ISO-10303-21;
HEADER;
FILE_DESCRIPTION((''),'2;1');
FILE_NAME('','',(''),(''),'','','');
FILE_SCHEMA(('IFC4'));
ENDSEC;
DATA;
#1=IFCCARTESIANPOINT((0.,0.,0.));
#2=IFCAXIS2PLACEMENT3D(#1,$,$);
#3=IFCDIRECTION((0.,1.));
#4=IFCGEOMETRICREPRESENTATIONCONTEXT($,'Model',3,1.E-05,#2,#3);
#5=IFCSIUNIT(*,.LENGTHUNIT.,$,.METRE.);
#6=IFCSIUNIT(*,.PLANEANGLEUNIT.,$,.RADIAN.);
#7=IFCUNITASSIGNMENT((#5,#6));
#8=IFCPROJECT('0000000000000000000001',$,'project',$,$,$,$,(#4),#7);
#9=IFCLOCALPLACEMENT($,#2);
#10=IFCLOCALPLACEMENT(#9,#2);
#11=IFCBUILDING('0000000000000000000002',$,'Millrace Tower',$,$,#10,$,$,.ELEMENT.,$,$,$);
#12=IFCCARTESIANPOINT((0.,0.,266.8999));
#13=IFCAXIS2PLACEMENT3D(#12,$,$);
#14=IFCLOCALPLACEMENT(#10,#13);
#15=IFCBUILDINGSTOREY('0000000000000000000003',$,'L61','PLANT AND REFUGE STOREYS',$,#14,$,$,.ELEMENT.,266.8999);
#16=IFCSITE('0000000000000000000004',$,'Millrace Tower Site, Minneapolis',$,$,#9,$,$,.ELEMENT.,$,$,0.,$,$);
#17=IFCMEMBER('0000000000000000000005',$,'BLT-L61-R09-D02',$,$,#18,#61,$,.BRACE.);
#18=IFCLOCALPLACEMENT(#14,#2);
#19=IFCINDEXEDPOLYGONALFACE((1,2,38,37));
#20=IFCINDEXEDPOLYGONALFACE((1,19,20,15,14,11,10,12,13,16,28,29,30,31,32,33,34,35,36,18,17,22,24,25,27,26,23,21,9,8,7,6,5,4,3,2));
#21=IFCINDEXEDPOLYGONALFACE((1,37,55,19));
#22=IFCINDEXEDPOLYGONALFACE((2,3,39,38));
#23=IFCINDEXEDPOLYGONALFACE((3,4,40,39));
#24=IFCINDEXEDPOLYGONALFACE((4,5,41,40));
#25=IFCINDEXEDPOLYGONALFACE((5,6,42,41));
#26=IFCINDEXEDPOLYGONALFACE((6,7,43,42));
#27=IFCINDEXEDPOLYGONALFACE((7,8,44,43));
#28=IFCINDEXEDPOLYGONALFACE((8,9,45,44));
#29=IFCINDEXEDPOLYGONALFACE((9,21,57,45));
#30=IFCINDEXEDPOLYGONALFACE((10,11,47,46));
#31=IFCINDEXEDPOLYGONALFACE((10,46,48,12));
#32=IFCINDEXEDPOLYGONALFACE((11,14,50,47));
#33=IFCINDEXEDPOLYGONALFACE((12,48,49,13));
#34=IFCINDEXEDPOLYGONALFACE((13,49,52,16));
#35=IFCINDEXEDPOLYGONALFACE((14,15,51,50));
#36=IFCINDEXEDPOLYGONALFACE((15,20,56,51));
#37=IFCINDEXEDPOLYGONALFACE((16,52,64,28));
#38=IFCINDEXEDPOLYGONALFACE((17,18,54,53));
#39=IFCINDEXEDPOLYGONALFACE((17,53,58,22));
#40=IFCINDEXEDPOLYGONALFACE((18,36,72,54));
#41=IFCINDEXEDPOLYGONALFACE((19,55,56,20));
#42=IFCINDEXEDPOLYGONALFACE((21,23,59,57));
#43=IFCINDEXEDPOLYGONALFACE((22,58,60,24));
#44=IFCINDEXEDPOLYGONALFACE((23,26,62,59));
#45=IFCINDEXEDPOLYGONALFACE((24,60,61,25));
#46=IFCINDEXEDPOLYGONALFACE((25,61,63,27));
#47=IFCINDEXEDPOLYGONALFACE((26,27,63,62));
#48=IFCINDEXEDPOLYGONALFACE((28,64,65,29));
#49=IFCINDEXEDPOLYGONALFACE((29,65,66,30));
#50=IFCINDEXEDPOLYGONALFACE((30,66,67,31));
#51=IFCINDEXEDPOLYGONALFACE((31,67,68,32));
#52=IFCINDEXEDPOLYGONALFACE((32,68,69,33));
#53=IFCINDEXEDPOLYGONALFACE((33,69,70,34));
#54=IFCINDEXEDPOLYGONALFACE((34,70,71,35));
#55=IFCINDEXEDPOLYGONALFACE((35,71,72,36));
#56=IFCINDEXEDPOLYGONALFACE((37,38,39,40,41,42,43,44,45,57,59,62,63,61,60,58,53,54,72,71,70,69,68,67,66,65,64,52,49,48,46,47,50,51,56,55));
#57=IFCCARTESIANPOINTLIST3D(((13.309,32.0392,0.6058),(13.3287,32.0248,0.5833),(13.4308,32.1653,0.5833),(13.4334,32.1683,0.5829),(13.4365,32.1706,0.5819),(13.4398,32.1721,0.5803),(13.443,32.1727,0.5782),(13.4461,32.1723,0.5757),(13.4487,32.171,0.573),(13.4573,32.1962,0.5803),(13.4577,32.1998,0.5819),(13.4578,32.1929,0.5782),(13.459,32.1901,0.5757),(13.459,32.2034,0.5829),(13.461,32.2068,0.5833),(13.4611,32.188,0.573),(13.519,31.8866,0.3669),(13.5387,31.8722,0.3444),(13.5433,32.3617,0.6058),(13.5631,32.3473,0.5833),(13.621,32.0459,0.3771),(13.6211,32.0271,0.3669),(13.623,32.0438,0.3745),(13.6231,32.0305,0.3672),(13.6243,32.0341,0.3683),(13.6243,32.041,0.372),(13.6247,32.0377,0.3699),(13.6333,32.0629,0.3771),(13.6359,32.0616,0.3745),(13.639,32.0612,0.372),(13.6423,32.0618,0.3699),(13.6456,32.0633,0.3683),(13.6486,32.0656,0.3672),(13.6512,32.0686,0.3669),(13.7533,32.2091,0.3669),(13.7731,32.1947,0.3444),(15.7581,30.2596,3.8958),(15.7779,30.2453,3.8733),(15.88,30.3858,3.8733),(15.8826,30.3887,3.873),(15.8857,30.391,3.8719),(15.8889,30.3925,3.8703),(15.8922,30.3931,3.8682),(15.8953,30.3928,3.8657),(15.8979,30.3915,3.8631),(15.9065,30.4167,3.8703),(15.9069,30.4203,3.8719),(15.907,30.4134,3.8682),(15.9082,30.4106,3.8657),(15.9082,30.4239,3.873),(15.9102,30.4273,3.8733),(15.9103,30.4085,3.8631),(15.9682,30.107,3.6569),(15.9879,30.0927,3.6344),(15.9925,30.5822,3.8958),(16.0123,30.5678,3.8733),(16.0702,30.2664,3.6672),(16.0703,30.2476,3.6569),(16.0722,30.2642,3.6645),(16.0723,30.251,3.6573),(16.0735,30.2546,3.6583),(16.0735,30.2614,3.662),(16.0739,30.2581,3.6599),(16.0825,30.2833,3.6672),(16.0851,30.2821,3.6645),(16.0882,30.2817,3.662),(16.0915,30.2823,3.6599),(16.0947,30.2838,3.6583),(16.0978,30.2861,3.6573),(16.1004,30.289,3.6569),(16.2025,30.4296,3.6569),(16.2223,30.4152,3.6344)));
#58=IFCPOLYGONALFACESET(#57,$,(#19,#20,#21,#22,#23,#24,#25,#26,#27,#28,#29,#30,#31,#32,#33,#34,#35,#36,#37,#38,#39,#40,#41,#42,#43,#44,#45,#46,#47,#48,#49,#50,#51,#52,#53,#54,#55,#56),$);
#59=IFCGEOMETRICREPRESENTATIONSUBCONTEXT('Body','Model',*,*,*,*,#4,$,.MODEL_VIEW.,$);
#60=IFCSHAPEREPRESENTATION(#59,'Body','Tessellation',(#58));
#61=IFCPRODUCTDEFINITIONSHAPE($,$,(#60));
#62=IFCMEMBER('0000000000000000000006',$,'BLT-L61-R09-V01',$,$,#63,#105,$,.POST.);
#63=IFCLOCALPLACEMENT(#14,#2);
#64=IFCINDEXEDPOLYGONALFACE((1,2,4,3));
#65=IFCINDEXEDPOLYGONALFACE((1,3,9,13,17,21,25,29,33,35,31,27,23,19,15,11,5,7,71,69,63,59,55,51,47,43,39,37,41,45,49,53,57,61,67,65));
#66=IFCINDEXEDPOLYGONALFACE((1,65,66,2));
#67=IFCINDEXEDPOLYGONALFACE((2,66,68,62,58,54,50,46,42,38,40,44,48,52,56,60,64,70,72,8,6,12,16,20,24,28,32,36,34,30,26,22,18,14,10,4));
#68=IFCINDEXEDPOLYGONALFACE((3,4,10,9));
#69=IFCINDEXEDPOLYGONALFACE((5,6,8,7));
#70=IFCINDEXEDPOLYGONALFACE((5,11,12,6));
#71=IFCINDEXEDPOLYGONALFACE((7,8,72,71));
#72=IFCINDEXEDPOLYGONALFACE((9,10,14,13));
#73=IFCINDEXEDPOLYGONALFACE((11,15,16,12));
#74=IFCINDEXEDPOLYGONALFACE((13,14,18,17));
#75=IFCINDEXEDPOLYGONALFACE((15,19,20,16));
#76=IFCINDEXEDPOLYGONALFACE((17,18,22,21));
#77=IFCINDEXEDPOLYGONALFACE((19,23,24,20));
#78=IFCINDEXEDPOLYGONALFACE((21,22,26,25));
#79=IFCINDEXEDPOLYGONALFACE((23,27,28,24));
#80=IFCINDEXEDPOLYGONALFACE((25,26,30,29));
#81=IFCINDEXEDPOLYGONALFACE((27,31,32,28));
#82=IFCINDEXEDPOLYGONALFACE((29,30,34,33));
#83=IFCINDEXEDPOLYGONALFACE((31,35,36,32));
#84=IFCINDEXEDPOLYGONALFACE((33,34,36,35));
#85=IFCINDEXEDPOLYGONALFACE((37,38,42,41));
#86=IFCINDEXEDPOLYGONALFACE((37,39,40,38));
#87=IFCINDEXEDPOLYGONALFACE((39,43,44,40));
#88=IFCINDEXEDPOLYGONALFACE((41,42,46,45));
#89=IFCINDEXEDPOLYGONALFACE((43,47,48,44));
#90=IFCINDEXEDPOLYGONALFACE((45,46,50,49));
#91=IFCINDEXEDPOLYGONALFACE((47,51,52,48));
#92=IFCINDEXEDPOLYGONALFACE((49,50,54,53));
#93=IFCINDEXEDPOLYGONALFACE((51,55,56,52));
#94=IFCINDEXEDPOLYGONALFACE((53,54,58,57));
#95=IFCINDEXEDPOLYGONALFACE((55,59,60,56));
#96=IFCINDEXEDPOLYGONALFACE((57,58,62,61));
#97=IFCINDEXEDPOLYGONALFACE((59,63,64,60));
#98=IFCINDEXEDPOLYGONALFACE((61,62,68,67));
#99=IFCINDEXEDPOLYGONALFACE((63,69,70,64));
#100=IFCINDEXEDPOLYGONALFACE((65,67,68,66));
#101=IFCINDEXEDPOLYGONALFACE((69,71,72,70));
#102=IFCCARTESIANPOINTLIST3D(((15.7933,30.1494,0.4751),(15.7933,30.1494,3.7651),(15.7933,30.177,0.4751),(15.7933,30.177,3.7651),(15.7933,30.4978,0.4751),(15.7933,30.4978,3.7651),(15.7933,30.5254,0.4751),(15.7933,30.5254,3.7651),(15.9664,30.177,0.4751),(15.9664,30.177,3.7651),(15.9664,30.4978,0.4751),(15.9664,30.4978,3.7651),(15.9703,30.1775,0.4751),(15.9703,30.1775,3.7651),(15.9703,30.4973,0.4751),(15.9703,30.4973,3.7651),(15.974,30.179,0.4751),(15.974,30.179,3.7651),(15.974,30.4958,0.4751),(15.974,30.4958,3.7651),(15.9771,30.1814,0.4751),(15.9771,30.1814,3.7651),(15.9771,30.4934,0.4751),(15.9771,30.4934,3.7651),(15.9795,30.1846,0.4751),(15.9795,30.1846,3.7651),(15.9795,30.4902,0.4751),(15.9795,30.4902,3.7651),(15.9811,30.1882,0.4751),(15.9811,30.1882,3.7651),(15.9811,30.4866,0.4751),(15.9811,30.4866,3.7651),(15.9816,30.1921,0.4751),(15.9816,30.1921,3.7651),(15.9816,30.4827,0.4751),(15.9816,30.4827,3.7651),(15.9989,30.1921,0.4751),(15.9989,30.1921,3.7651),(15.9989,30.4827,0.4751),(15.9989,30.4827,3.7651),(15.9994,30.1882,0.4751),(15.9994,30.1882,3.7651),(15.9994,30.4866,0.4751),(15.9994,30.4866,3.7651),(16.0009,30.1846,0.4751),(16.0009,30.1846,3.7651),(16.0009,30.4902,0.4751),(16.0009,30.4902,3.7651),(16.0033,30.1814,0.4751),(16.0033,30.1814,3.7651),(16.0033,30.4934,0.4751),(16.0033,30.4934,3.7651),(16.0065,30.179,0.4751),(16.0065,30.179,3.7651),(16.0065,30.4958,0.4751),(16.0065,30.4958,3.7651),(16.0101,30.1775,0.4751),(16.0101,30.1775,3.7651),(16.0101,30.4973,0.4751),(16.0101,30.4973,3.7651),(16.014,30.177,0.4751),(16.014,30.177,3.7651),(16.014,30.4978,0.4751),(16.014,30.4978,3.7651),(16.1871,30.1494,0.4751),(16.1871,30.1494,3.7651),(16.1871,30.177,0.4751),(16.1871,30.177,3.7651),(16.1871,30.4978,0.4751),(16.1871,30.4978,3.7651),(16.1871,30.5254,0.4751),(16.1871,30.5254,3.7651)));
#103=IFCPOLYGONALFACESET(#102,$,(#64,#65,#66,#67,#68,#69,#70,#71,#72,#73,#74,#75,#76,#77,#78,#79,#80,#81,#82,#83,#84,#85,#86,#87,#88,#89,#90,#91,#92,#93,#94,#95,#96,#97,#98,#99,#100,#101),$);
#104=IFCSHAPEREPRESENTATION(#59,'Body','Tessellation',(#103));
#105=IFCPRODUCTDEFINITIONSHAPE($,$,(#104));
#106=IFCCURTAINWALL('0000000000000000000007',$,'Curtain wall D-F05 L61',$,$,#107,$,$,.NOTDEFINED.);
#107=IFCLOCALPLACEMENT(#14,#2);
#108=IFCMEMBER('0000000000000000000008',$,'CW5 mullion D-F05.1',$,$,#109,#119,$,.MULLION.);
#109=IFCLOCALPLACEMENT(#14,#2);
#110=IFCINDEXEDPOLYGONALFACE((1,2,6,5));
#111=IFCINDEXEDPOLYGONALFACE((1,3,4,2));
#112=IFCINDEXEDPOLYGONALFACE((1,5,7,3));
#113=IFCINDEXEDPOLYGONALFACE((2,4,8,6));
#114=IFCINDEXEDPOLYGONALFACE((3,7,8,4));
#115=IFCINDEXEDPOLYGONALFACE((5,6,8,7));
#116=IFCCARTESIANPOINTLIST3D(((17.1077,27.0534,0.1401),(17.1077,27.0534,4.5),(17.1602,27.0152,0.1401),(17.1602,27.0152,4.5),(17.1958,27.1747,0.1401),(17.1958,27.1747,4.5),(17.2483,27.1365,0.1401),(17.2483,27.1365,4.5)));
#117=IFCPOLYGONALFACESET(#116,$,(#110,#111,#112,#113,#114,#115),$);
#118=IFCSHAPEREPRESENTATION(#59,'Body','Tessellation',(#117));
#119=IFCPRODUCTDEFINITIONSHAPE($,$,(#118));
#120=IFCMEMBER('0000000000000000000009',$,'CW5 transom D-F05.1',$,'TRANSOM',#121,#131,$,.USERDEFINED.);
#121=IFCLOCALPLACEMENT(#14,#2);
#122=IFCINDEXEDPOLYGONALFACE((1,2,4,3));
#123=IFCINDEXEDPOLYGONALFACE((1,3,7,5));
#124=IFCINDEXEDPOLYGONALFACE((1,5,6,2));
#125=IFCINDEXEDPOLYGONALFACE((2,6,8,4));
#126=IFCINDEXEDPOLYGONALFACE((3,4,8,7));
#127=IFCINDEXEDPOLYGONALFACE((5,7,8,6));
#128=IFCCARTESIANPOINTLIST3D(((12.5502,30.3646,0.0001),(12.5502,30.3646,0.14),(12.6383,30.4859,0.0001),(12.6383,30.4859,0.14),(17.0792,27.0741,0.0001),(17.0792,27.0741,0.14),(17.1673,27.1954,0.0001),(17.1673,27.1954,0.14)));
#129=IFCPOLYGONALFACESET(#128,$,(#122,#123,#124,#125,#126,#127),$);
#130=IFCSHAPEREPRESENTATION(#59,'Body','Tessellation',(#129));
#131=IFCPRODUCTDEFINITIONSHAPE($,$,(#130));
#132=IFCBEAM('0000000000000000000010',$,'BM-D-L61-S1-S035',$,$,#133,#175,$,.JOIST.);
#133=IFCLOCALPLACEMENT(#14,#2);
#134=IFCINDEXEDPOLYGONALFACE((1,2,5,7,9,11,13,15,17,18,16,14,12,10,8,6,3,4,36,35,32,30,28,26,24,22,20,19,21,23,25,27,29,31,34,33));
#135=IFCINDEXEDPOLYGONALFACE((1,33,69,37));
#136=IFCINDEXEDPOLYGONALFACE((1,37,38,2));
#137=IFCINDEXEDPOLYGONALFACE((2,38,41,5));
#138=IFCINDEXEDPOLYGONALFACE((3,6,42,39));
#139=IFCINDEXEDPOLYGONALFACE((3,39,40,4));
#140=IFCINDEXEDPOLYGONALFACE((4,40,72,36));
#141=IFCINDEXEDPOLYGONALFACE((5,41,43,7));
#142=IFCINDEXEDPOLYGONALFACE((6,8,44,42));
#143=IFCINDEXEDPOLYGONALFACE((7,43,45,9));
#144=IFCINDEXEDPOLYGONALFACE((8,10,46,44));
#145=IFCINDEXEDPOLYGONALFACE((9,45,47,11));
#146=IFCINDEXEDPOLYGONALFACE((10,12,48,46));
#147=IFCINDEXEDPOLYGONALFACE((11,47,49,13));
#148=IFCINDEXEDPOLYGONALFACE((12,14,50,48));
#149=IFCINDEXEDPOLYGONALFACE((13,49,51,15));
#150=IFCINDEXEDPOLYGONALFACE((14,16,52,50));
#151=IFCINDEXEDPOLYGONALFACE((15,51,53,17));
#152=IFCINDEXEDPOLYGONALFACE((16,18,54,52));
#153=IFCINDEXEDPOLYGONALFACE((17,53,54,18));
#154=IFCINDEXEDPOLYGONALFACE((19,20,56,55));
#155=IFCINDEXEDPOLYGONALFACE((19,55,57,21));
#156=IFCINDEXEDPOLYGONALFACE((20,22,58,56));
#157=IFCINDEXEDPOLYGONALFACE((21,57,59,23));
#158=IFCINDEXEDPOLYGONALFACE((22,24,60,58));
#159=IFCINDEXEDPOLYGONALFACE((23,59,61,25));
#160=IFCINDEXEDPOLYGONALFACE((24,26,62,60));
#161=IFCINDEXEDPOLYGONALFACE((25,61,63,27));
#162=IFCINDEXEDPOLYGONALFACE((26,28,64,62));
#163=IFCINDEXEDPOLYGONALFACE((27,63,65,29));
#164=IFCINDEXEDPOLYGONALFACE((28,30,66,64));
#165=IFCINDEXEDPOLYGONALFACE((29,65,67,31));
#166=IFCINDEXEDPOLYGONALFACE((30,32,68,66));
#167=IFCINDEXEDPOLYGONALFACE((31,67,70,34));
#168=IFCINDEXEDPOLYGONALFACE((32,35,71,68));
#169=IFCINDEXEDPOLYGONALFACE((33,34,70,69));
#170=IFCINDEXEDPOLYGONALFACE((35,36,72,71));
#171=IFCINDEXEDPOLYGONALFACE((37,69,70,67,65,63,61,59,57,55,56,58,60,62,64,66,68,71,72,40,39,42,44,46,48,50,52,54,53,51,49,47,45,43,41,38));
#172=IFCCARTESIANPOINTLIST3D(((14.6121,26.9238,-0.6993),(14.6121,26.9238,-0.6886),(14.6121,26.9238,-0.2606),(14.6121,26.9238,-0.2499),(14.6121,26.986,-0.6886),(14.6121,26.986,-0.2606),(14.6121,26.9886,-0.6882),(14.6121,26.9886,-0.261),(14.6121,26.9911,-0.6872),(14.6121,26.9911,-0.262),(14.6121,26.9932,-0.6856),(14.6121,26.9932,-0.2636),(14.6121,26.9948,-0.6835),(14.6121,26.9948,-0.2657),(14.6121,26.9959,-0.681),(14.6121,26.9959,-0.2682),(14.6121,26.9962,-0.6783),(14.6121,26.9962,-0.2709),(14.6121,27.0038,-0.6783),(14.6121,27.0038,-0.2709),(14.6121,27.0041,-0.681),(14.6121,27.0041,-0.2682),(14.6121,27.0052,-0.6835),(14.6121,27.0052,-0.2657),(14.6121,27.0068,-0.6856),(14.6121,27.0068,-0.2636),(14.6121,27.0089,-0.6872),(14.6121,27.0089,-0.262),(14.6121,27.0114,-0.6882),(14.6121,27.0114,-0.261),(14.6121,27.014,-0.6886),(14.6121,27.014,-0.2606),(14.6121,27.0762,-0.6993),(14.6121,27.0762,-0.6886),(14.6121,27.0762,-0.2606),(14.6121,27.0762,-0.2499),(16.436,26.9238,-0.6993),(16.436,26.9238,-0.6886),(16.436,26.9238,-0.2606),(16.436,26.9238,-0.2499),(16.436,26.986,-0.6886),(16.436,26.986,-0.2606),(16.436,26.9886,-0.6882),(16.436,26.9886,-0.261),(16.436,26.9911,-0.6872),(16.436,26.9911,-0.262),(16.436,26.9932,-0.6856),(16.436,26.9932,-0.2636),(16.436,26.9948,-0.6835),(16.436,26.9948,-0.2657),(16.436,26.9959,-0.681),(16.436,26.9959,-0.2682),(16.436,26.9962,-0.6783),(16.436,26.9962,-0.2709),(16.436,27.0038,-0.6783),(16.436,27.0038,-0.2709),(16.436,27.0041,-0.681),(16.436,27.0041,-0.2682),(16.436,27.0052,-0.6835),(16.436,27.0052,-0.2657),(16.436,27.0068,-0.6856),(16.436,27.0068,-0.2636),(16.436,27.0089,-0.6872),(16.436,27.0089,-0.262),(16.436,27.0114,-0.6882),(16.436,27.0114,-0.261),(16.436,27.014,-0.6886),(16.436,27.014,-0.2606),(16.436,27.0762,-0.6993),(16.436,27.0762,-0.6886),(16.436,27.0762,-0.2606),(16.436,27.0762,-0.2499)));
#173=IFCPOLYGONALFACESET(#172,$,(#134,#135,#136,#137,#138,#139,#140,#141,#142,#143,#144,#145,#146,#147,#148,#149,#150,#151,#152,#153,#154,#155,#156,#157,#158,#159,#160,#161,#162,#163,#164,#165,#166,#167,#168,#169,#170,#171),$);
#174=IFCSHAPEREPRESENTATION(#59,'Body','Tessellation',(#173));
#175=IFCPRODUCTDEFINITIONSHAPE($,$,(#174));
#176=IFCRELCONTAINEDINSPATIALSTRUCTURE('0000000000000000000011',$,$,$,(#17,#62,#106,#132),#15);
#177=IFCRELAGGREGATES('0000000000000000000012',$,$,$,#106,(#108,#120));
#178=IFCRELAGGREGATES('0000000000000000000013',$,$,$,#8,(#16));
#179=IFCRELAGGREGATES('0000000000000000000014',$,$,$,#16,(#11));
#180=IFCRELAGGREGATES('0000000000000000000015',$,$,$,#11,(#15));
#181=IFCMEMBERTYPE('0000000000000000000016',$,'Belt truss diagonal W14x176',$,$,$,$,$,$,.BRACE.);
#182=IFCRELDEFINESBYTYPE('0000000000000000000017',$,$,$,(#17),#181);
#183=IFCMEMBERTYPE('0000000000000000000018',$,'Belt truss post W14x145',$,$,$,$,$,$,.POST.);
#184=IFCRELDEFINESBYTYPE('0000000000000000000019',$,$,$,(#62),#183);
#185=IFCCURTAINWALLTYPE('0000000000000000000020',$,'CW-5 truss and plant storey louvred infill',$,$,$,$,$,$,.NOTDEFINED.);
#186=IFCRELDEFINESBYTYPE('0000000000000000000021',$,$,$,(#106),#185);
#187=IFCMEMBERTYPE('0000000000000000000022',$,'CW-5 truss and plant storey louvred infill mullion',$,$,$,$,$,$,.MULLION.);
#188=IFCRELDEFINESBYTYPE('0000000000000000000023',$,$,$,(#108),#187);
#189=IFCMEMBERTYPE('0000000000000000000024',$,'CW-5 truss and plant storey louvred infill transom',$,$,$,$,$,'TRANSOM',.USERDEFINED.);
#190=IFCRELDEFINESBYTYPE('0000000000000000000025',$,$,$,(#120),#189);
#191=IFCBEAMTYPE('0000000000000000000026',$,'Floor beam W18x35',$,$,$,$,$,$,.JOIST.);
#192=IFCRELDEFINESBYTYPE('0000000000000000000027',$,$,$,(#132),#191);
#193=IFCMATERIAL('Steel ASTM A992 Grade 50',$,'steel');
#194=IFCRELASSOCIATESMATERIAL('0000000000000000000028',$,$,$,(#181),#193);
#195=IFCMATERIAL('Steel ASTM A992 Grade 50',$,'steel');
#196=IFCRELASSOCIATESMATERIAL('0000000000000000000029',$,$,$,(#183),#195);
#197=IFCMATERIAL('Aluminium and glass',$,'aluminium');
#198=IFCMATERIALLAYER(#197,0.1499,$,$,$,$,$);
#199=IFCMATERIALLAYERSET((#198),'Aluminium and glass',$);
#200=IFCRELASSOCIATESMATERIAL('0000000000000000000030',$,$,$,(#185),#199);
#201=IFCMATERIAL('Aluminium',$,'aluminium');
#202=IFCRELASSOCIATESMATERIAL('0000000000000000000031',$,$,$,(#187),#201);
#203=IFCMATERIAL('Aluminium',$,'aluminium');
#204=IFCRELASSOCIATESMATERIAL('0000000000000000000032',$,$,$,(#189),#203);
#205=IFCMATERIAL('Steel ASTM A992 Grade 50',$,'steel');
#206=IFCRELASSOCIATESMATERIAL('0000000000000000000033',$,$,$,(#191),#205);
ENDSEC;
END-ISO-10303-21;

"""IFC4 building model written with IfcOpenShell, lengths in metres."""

from ifc_helpers import new_model, si_unit, direction, frame, origin, origin_2d, place, context, subcontext, project, spatial, rectangle, i_section, extrude, material, layer, layer_set, material_profile, profile_set, type_object, element, aggregate, save


model = new_model("IFC4")

# Units and contexts
model_context = context("Model", 3, precision=1e-05, world=origin(), true_north=direction((0.0, 1.0)))
body_context = subcontext(model_context, "Body", "Model", "MODEL_VIEW")
ifc_project = project(units=[si_unit("LENGTHUNIT", "METRE"), si_unit("PLANEANGLEUNIT", "RADIAN")], contexts=[model_context])

# Site, building, storey
site_placement = place(None, origin())
site = spatial("IfcSite", under=ifc_project, at=site_placement, Name="Millrace Tower Site, Minneapolis", CompositionType="ELEMENT", RefElevation=0.0)
building_placement = place(site_placement, origin())
building = spatial("IfcBuilding", under=site, at=building_placement, Name="Millrace Tower", CompositionType="ELEMENT")
storey_placement = place(building_placement, frame((0.0, 0.0, 266.8999)))
storey = spatial("IfcBuildingStorey", under=building, at=storey_placement, Name="L61", Description="PLANT AND REFUGE STOREYS", CompositionType="ELEMENT", Elevation=266.8999)

# Members
ifc_material_1 = material(Name="Steel ASTM A992 Grade 50", Category="steel")
ifc_material_profile_1 = material_profile(ifc_material_1, i_section(OverallWidth=0.3987, OverallDepth=0.386, WebThickness=0.021, FlangeThickness=0.0332, FilletRadius=0.0151, at=origin_2d()))
ifc_profile_set_1 = profile_set([ifc_material_profile_1], Name="Steel ASTM A992 Grade 50")
member_type_1 = type_object("IfcMemberType", Name="Belt truss diagonal W14x176", PredefinedType="BRACE", material=ifc_profile_set_1)
member_1_placement = place(storey_placement, frame((13.541, 32.1169, 0.4751), z_axis=(0.547802, -0.398019, 0.735863), x_axis=(0.587802, 0.809005, 0.0)))
element("IfcMember", 1, at=member_1_placement, inside=storey, type_object=member_type_1, Name="BLT-L61-R09-D02", PredefinedType="BRACE", context=body_context, shape_type="SweptSolid", body=[
    extrude(i_section(OverallWidth=0.3987, OverallDepth=0.386, WebThickness=0.021, FlangeThickness=0.0332, FilletRadius=0.0151, at=origin_2d()), origin(), (0.0, 0.0, 1.0), 4.4709),
])
ifc_material_2 = material(Name="Steel ASTM A992 Grade 50", Category="steel")
ifc_material_profile_2 = material_profile(ifc_material_2, i_section(OverallWidth=0.3938, OverallDepth=0.376, WebThickness=0.0173, FlangeThickness=0.0276, FilletRadius=0.0151, at=origin_2d()))
ifc_profile_set_2 = profile_set([ifc_material_profile_2], Name="Steel ASTM A992 Grade 50")
member_type_2 = type_object("IfcMemberType", Name="Belt truss post W14x145", PredefinedType="POST", material=ifc_profile_set_2)
member_2_placement = place(storey_placement, frame((15.9902, 30.3374, 0.4751), z_axis=(0.0, 0.0, 1.0), x_axis=(1.0, 0.0, 0.0)))
element("IfcMember", 2, at=member_2_placement, inside=storey, type_object=member_type_2, Name="BLT-L61-R09-V01", PredefinedType="POST", context=body_context, shape_type="SweptSolid", body=[
    extrude(i_section(OverallWidth=0.3938, OverallDepth=0.376, WebThickness=0.0173, FlangeThickness=0.0276, FilletRadius=0.0151, at=origin_2d()), origin(), (0.0, 0.0, 1.0), 3.29),
])

# Curtain wall, members
ifc_material_3 = material(Name="Aluminium and glass", Category="aluminium")
ifc_layer_1 = layer(ifc_material_3, 0.1499)
ifc_layer_set_1 = layer_set([ifc_layer_1], Name="Aluminium and glass")
curtain_wall_type = type_object("IfcCurtainWallType", Name="CW-5 truss and plant storey louvred infill", PredefinedType="NOTDEFINED", material=ifc_layer_set_1)
curtain_wall_placement = place(storey_placement, origin())
curtain_wall = element("IfcCurtainWall", 3, at=curtain_wall_placement, inside=storey, type_object=curtain_wall_type, Name="Curtain wall D-F05 L61", PredefinedType="NOTDEFINED")
ifc_material_4 = material(Name="Aluminium", Category="aluminium")
ifc_material_profile_3 = material_profile(ifc_material_4, rectangle(XDim=0.0649, YDim=0.1499, at=origin_2d()))
ifc_profile_set_3 = profile_set([ifc_material_profile_3], Name="Aluminium")
member_type_3 = type_object("IfcMemberType", Name="CW-5 truss and plant storey louvred infill mullion", PredefinedType="MULLION", material=ifc_profile_set_3)
member_3_placement = place(storey_placement, frame((17.178, 27.095, 0.1401), z_axis=(0.0, 0.0, 1.0), x_axis=(-0.809017, 0.587785, 0.0)))
member_3 = element("IfcMember", 4, at=member_3_placement, type_object=member_type_3, Name="CW5 mullion D-F05.1", PredefinedType="MULLION", context=body_context, shape_type="SweptSolid", body=[
    extrude(rectangle(XDim=0.0649, YDim=0.1499, at=origin_2d()), origin(), (0.0, 0.0, 1.0), 4.3599),
])
ifc_material_5 = material(Name="Aluminium", Category="aluminium")
ifc_material_profile_4 = material_profile(ifc_material_5, rectangle(XDim=0.1499, YDim=0.1399, at=origin_2d()))
ifc_profile_set_4 = profile_set([ifc_material_profile_4], Name="Aluminium")
member_type_4 = type_object("IfcMemberType", Name="CW-5 truss and plant storey louvred infill transom", ElementType="TRANSOM", PredefinedType="USERDEFINED", material=ifc_profile_set_4)
member_4_placement = place(storey_placement, frame((17.1233, 27.1348, 0.0701), z_axis=(-0.809019, 0.587783, 0.0), x_axis=(-0.587783, -0.809019, 0.0)))
member_4 = element("IfcMember", 5, at=member_4_placement, type_object=member_type_4, Name="CW5 transom D-F05.1", ObjectType="TRANSOM", PredefinedType="USERDEFINED", context=body_context, shape_type="SweptSolid", body=[
    extrude(rectangle(XDim=0.1499, YDim=0.1399, at=origin_2d()), origin(), (0.0, 0.0, 1.0), 5.5981),
])
aggregate(curtain_wall, [member_3, member_4])

# Beam
ifc_material_6 = material(Name="Steel ASTM A992 Grade 50", Category="steel")
ifc_material_profile_5 = material_profile(ifc_material_6, i_section(OverallWidth=0.1523, OverallDepth=0.4495, WebThickness=0.0076, FlangeThickness=0.0107, FilletRadius=0.0103, at=origin_2d()))
ifc_profile_set_5 = profile_set([ifc_material_profile_5], Name="Steel ASTM A992 Grade 50")
beam_type_1 = type_object("IfcBeamType", Name="Floor beam W18x35", PredefinedType="JOIST", material=ifc_profile_set_5)
beam_1_placement = place(storey_placement, frame((14.6121, 27.0, -0.4746), z_axis=(1.0, 0.0, 0.0), x_axis=(0.0, 1.0, 0.0)))
element("IfcBeam", 6, at=beam_1_placement, inside=storey, type_object=beam_type_1, Name="BM-D-L61-S1-S035", PredefinedType="JOIST", context=body_context, shape_type="SweptSolid", body=[
    extrude(i_section(OverallWidth=0.1523, OverallDepth=0.4495, WebThickness=0.0076, FlangeThickness=0.0107, FilletRadius=0.0103, at=origin_2d()), origin(), (0.0, 0.0, 1.0), 1.824),
])

save(model, "model.ifc")
